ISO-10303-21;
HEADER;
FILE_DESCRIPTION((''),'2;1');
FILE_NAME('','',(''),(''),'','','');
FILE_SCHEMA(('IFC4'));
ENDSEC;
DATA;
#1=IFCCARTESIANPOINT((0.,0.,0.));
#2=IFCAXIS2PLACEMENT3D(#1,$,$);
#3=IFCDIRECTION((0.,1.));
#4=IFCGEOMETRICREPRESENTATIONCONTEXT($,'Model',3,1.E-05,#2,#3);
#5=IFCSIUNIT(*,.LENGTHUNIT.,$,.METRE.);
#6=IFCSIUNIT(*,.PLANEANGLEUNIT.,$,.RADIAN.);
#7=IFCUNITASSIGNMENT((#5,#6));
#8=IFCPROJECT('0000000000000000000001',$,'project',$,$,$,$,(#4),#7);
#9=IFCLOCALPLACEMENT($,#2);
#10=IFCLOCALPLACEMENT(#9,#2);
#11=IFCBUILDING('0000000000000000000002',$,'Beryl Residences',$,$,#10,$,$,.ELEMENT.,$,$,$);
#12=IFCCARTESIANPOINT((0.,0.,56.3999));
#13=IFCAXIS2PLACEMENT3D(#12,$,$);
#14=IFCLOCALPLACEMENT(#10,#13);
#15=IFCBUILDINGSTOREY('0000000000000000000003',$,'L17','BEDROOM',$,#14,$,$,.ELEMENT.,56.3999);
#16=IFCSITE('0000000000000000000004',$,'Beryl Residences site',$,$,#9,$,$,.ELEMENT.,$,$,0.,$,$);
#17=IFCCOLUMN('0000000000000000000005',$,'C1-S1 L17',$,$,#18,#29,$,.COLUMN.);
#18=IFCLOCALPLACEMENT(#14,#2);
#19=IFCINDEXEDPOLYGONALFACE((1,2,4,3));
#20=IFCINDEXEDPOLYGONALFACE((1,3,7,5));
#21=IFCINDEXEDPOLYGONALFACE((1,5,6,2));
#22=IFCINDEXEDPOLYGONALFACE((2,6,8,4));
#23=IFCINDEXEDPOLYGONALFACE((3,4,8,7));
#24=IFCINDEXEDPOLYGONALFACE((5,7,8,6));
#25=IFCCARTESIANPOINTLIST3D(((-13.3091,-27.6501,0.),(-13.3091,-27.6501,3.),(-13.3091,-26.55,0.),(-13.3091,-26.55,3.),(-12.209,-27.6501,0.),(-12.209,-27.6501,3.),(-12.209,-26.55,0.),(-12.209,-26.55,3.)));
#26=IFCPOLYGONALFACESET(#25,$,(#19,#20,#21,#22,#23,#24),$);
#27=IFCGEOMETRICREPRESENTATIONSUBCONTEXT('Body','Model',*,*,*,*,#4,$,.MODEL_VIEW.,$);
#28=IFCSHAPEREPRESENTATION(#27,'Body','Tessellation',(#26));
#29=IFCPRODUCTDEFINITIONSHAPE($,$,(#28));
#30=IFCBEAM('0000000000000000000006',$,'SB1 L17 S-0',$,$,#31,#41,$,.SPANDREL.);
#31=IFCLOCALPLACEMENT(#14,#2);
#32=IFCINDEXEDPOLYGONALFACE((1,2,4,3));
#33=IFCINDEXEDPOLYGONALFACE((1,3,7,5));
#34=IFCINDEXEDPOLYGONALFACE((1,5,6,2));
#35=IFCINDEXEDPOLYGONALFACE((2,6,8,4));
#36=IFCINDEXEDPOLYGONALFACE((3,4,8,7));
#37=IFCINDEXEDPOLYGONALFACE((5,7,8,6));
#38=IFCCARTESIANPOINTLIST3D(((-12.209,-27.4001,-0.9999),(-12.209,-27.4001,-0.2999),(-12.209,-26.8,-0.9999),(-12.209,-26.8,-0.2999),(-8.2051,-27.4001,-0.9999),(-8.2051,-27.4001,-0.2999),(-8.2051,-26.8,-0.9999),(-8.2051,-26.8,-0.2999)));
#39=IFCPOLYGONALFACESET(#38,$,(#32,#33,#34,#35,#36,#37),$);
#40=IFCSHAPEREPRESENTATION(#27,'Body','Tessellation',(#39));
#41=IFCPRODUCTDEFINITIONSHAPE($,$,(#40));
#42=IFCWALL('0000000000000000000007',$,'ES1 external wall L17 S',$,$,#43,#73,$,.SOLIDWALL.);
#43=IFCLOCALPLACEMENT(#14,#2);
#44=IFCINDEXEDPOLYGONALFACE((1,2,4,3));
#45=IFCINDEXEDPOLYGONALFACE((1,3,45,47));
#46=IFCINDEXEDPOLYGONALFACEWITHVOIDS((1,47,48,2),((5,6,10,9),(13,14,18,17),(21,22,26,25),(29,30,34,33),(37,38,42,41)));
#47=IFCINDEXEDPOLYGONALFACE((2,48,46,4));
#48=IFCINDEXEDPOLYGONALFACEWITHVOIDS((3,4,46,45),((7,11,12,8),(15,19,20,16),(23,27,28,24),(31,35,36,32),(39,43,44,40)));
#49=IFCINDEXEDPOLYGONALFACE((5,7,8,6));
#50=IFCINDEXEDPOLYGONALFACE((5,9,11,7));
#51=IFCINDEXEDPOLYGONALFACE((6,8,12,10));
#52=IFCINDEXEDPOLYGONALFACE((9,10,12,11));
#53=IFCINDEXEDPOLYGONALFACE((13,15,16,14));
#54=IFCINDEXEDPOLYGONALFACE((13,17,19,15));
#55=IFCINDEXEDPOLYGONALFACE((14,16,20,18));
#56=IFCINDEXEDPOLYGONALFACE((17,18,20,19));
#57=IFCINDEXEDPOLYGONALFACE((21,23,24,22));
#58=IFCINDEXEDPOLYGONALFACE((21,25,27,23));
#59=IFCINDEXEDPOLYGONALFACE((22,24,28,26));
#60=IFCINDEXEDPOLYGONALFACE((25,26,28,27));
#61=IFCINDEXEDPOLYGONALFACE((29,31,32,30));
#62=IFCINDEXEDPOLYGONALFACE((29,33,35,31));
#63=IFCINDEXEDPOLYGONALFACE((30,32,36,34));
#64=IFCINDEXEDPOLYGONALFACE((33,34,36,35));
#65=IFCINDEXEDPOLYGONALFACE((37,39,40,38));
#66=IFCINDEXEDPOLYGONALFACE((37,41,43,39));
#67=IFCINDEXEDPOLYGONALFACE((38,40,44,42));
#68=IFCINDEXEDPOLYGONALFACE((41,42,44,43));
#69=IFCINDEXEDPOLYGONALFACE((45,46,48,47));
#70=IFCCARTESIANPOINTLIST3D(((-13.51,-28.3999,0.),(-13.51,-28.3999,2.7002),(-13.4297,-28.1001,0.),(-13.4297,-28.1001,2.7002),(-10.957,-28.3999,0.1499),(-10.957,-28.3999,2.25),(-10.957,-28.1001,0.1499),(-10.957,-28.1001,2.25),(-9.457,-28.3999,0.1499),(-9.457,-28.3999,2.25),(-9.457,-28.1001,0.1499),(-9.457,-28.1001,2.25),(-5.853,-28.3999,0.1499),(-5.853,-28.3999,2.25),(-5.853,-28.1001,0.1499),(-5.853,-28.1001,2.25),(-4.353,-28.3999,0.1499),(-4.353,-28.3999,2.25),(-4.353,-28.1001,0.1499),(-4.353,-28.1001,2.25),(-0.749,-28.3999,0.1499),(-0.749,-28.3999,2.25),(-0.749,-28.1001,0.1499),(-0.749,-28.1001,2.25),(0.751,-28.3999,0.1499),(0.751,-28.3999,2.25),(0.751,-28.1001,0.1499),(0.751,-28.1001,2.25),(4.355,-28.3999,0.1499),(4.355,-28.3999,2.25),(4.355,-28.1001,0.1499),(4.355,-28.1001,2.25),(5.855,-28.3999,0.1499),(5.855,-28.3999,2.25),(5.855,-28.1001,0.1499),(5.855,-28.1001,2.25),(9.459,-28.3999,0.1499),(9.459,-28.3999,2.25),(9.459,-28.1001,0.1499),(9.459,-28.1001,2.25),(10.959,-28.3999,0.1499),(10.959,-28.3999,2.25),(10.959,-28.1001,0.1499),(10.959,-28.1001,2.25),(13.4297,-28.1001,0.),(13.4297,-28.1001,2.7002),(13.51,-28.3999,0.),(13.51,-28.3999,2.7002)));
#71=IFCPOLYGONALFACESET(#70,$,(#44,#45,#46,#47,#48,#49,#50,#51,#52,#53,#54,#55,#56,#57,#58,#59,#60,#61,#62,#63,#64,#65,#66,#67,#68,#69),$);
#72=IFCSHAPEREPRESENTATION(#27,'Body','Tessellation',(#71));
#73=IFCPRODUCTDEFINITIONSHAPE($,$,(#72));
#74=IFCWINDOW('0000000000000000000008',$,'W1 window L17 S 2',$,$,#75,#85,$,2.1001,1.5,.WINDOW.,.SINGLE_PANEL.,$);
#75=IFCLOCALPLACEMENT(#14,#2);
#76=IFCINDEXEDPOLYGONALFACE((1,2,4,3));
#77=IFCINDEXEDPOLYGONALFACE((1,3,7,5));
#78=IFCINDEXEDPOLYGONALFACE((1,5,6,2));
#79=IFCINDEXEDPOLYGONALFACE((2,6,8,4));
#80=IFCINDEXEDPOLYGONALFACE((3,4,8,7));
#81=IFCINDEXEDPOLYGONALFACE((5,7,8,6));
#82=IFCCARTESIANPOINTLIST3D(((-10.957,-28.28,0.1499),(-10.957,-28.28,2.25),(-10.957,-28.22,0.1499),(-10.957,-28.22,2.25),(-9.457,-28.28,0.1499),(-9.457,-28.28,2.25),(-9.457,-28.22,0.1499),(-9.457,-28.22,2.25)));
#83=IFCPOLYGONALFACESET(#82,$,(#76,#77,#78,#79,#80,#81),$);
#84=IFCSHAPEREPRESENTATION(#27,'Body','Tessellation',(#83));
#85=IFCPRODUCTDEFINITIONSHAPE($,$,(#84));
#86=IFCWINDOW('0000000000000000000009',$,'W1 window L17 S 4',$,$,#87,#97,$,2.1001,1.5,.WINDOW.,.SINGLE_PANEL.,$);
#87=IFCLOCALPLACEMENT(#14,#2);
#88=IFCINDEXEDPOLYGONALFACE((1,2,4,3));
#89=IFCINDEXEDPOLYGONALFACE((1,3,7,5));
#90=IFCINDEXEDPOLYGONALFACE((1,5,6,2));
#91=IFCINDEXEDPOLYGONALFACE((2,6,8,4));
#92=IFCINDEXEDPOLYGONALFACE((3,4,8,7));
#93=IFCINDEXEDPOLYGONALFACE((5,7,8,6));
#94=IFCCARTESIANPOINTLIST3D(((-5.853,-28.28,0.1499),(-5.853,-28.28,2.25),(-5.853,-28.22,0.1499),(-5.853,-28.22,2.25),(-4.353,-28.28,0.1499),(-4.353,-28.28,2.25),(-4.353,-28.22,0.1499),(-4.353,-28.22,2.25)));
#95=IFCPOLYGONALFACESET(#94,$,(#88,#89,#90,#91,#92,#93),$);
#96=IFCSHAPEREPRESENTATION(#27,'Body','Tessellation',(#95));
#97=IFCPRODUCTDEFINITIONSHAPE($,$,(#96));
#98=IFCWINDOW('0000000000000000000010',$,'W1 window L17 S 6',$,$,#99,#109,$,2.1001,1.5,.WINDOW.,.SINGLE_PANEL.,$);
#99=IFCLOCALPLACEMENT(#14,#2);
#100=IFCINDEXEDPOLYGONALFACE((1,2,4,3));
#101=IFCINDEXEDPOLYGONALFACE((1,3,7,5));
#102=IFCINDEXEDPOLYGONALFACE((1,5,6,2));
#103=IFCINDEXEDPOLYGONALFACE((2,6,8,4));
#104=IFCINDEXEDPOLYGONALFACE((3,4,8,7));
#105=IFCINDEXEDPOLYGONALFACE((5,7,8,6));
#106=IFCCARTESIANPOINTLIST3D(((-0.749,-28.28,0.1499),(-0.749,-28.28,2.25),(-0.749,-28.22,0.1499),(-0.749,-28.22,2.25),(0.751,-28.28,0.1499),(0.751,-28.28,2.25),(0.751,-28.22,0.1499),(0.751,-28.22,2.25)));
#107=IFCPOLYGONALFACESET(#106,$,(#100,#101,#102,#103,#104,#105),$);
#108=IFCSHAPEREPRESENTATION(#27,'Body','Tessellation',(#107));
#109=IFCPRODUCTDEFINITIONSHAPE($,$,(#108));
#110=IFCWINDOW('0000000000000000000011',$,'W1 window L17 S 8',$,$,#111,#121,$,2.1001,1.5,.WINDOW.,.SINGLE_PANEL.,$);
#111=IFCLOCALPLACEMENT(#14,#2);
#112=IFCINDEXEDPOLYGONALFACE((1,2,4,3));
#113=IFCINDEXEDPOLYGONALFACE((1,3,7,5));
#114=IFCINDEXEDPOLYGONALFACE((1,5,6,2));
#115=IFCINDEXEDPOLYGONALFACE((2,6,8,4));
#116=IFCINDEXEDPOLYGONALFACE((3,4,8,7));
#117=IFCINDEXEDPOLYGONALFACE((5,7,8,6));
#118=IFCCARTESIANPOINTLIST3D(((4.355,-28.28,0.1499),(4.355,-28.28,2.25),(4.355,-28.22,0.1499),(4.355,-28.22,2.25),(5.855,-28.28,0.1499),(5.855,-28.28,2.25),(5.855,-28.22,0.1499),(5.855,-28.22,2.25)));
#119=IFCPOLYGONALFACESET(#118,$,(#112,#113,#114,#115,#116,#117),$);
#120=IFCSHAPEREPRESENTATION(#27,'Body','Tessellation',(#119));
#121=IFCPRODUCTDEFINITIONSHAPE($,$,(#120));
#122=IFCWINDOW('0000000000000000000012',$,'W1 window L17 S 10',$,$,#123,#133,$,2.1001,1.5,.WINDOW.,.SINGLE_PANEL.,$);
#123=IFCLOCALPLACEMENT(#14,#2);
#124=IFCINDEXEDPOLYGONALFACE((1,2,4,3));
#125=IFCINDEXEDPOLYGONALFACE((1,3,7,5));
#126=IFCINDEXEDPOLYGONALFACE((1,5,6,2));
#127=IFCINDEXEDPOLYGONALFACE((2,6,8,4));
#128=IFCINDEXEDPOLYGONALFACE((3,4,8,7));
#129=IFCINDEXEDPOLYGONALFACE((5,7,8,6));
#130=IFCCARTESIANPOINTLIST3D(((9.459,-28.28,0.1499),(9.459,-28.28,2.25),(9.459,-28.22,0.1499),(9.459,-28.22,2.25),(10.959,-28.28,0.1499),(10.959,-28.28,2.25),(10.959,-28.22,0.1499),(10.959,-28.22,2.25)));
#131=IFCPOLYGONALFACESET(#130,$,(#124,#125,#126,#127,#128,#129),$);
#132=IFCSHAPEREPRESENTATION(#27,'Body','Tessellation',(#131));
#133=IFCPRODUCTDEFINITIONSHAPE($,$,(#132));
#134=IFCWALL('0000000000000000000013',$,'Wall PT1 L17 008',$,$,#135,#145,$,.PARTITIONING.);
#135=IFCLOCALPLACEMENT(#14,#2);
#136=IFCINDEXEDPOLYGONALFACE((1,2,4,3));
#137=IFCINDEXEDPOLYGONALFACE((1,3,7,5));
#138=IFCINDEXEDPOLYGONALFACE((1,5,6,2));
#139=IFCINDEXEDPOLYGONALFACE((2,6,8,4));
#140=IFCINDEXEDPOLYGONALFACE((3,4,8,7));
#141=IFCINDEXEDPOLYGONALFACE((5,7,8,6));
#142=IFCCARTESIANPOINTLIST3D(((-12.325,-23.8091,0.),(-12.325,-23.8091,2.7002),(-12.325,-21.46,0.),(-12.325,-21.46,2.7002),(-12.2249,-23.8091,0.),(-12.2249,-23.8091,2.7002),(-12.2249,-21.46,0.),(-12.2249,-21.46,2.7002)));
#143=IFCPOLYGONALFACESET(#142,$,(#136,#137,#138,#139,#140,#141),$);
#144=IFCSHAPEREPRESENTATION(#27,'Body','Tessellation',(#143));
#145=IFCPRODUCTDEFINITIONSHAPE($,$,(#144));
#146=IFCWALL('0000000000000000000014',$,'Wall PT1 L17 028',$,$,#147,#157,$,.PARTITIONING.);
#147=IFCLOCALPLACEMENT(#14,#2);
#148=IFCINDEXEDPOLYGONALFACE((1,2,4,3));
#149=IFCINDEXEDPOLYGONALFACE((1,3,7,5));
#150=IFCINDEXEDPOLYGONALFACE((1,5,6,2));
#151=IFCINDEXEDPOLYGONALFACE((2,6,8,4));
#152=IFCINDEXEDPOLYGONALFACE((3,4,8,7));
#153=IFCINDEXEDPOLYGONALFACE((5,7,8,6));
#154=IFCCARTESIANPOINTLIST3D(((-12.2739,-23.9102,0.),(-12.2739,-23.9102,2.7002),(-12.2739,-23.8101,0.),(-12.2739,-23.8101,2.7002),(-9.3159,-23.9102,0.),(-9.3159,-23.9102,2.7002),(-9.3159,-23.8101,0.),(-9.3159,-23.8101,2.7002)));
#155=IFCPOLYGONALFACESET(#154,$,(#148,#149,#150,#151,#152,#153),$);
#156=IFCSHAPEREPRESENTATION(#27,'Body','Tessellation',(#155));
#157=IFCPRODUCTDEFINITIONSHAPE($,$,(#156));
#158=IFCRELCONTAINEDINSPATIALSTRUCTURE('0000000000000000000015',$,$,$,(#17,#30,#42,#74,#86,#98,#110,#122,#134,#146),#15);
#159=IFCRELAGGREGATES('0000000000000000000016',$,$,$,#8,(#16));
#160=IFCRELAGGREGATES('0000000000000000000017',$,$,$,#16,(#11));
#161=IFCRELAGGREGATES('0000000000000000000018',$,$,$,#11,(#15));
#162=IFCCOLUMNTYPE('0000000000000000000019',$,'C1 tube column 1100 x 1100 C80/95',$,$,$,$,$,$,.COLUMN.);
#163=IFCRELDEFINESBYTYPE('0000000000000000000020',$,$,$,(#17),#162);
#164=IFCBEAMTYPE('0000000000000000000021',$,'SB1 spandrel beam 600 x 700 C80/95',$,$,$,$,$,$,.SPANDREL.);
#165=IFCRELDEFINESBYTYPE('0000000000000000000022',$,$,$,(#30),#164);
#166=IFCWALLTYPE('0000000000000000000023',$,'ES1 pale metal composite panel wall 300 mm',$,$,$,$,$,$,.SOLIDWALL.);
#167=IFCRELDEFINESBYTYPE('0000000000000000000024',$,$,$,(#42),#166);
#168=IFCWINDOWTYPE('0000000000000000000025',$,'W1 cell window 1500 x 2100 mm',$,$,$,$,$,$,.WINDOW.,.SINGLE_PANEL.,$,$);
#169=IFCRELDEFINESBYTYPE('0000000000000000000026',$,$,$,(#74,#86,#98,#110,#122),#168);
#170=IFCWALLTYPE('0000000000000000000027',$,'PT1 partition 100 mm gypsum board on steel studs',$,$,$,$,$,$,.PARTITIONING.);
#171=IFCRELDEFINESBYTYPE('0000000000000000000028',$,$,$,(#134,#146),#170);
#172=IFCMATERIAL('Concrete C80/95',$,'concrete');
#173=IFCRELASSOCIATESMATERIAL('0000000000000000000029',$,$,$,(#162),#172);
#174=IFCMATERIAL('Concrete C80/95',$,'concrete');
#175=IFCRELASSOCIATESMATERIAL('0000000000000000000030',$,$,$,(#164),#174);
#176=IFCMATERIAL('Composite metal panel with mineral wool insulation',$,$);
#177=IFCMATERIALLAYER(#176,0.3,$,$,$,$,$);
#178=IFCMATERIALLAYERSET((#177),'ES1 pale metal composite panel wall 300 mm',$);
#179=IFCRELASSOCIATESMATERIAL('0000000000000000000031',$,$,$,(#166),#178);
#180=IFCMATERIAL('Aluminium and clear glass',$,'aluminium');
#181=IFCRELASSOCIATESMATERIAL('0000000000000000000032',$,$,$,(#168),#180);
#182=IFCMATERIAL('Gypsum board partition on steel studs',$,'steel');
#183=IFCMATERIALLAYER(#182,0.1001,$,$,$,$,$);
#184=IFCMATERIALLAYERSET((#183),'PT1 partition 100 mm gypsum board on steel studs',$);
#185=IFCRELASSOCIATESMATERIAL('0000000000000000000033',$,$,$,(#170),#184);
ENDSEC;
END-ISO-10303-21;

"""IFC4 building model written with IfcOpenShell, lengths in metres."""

from ifc_helpers import new_model, si_unit, direction, frame, frame_2d, origin, origin_2d, place, context, subcontext, project, spatial, polyline, rectangle, outline, extrude, material, layer, layer_set, material_profile, profile_set, type_object, element, fill, save


model = new_model("IFC4")

# Units and contexts
model_context = context("Model", 3, precision=1e-05, world=origin(), true_north=direction((0.0, 1.0)))
body_context = subcontext(model_context, "Body", "Model", "MODEL_VIEW")
ifc_project = project(units=[si_unit("LENGTHUNIT", "METRE"), si_unit("PLANEANGLEUNIT", "RADIAN")], contexts=[model_context])

# Site, building, storey
site_placement = place(None, origin())
site = spatial("IfcSite", under=ifc_project, at=site_placement, Name="Beryl Residences site", CompositionType="ELEMENT", RefElevation=0.0)
building_placement = place(site_placement, origin())
building = spatial("IfcBuilding", under=site, at=building_placement, Name="Beryl Residences", CompositionType="ELEMENT")
storey_placement = place(building_placement, frame((0.0, 0.0, 56.3999)))
storey = spatial("IfcBuildingStorey", under=building, at=storey_placement, Name="L17", Description="BEDROOM", CompositionType="ELEMENT", Elevation=56.3999)

# Column
ifc_material_1 = material(Name="Concrete C80/95", Category="concrete")
ifc_material_profile_1 = material_profile(ifc_material_1, rectangle(XDim=1.1001, YDim=1.1001, at=origin_2d()))
ifc_profile_set_1 = profile_set([ifc_material_profile_1], Name="Concrete C80/95")
column_type = type_object("IfcColumnType", Name="C1 tube column 1100 x 1100 C80/95", PredefinedType="COLUMN", material=ifc_profile_set_1)
column_placement = place(storey_placement, frame((-12.759, -27.1001, 0.0), z_axis=(0.0, 0.0, 1.0), x_axis=(1.0, 0.0, 0.0)))
element("IfcColumn", 1, at=column_placement, inside=storey, type_object=column_type, Name="C1-S1 L17", PredefinedType="COLUMN", context=body_context, shape_type="SweptSolid", body=[
    extrude(rectangle(XDim=1.1001, YDim=1.1001, at=origin_2d()), origin(), (0.0, 0.0, 1.0), 3.0),
])

# Beam
ifc_material_2 = material(Name="Concrete C80/95", Category="concrete")
ifc_material_profile_2 = material_profile(ifc_material_2, rectangle(XDim=0.6001, YDim=0.7, at=origin_2d()))
ifc_profile_set_2 = profile_set([ifc_material_profile_2], Name="Concrete C80/95")
beam_type = type_object("IfcBeamType", Name="SB1 spandrel beam 600 x 700 C80/95", PredefinedType="SPANDREL", material=ifc_profile_set_2)
beam_placement = place(storey_placement, frame((-12.209, -27.1001, -0.6499), z_axis=(1.0, 0.0, 0.0), x_axis=(0.0, 1.0, 0.0)))
element("IfcBeam", 2, at=beam_placement, inside=storey, type_object=beam_type, Name="SB1 L17 S-0", PredefinedType="SPANDREL", context=body_context, shape_type="SweptSolid", body=[
    extrude(rectangle(XDim=0.6001, YDim=0.7, at=origin_2d()), origin(), (0.0, 0.0, 1.0), 4.0039),
])

# Wall, openings, windows
ifc_material_3 = material(Name="Composite metal panel with mineral wool insulation")
ifc_layer_1 = layer(ifc_material_3, 0.3)
ifc_layer_set_1 = layer_set([ifc_layer_1], Name="ES1 pale metal composite panel wall 300 mm")
wall_type_1 = type_object("IfcWallType", Name="ES1 pale metal composite panel wall 300 mm", PredefinedType="SOLIDWALL", material=ifc_layer_set_1)
wall_1_placement = place(storey_placement, frame((-13.51, -28.25, 0.0), z_axis=(0.0, 0.0, 1.0), x_axis=(1.0, 0.0, 0.0)))
wall_1 = element("IfcWall", 3, at=wall_1_placement, inside=storey, type_object=wall_type_1, Name="ES1 external wall L17 S", PredefinedType="SOLIDWALL", context=body_context, shape_type="SweptSolid", body=[
    extrude(outline(polyline([(0.0, -0.1499), (27.02, -0.1499), (26.9397, 0.1499), (0.0803, 0.1499), (0.0, -0.1499)])), origin(), (0.0, 0.0, 1.0), 2.7002),
])
opening_1_placement = place(wall_1_placement, frame((2.553, 0.0, 0.1499)))
opening_1 = element("IfcOpeningElement", 4, at=opening_1_placement, cuts=wall_1, PredefinedType="OPENING", context=body_context, shape_type="SweptSolid", body=[
    extrude(rectangle(XDim=1.5, YDim=2.1001, at=frame_2d((0.75, 1.05))), frame((0.0, 0.1599, 0.0), z_axis=(0.0, -1.0, 0.0), x_axis=(1.0, 0.0, 0.0)), (0.0, 0.0, 1.0), 0.3201),
])
opening_2_placement = place(wall_1_placement, frame((7.657, 0.0, 0.1499)))
opening_2 = element("IfcOpeningElement", 5, at=opening_2_placement, cuts=wall_1, PredefinedType="OPENING", context=body_context, shape_type="SweptSolid", body=[
    extrude(rectangle(XDim=1.5, YDim=2.1001, at=frame_2d((0.75, 1.05))), frame((0.0, 0.1599, 0.0), z_axis=(0.0, -1.0, 0.0), x_axis=(1.0, 0.0, 0.0)), (0.0, 0.0, 1.0), 0.3201),
])
opening_3_placement = place(wall_1_placement, frame((12.761, 0.0, 0.1499)))
opening_3 = element("IfcOpeningElement", 6, at=opening_3_placement, cuts=wall_1, PredefinedType="OPENING", context=body_context, shape_type="SweptSolid", body=[
    extrude(rectangle(XDim=1.5, YDim=2.1001, at=frame_2d((0.75, 1.05))), frame((0.0, 0.1599, 0.0), z_axis=(0.0, -1.0, 0.0), x_axis=(1.0, 0.0, 0.0)), (0.0, 0.0, 1.0), 0.3201),
])
opening_4_placement = place(wall_1_placement, frame((17.865, 0.0, 0.1499)))
opening_4 = element("IfcOpeningElement", 7, at=opening_4_placement, cuts=wall_1, PredefinedType="OPENING", context=body_context, shape_type="SweptSolid", body=[
    extrude(rectangle(XDim=1.5, YDim=2.1001, at=frame_2d((0.75, 1.05))), frame((0.0, 0.1599, 0.0), z_axis=(0.0, -1.0, 0.0), x_axis=(1.0, 0.0, 0.0)), (0.0, 0.0, 1.0), 0.3201),
])
opening_5_placement = place(wall_1_placement, frame((22.969, 0.0, 0.1499)))
opening_5 = element("IfcOpeningElement", 8, at=opening_5_placement, cuts=wall_1, PredefinedType="OPENING", context=body_context, shape_type="SweptSolid", body=[
    extrude(rectangle(XDim=1.5, YDim=2.1001, at=frame_2d((0.75, 1.05))), frame((0.0, 0.1599, 0.0), z_axis=(0.0, -1.0, 0.0), x_axis=(1.0, 0.0, 0.0)), (0.0, 0.0, 1.0), 0.3201),
])
ifc_material_4 = material(Name="Aluminium and clear glass", Category="aluminium")
window_type = type_object("IfcWindowType", Name="W1 cell window 1500 x 2100 mm", PartitioningType="SINGLE_PANEL", PredefinedType="WINDOW", material=ifc_material_4)
window_1_placement = place(opening_1_placement, origin())
window_1 = element("IfcWindow", 9, at=window_1_placement, inside=storey, type_object=window_type, Name="W1 window L17 S 2", OverallHeight=2.1001, OverallWidth=1.5, PartitioningType="SINGLE_PANEL", PredefinedType="WINDOW", context=body_context, shape_type="SweptSolid", body=[
    extrude(rectangle(XDim=1.5, YDim=2.1001, at=frame_2d((0.75, 1.05))), frame((0.0, 0.03, 0.0), z_axis=(0.0, -1.0, 0.0), x_axis=(1.0, 0.0, 0.0)), (0.0, 0.0, 1.0), 0.0601),
])
fill(opening_1, window_1)
window_2_placement = place(opening_2_placement, origin())
window_2 = element("IfcWindow", 10, at=window_2_placement, inside=storey, type_object=window_type, Name="W1 window L17 S 4", OverallHeight=2.1001, OverallWidth=1.5, PartitioningType="SINGLE_PANEL", PredefinedType="WINDOW", context=body_context, shape_type="SweptSolid", body=[
    extrude(rectangle(XDim=1.5, YDim=2.1001, at=frame_2d((0.75, 1.05))), frame((0.0, 0.03, 0.0), z_axis=(0.0, -1.0, 0.0), x_axis=(1.0, 0.0, 0.0)), (0.0, 0.0, 1.0), 0.0601),
])
fill(opening_2, window_2)
window_3_placement = place(opening_3_placement, origin())
window_3 = element("IfcWindow", 11, at=window_3_placement, inside=storey, type_object=window_type, Name="W1 window L17 S 6", OverallHeight=2.1001, OverallWidth=1.5, PartitioningType="SINGLE_PANEL", PredefinedType="WINDOW", context=body_context, shape_type="SweptSolid", body=[
    extrude(rectangle(XDim=1.5, YDim=2.1001, at=frame_2d((0.75, 1.05))), frame((0.0, 0.03, 0.0), z_axis=(0.0, -1.0, 0.0), x_axis=(1.0, 0.0, 0.0)), (0.0, 0.0, 1.0), 0.0601),
])
fill(opening_3, window_3)
window_4_placement = place(opening_4_placement, origin())
window_4 = element("IfcWindow", 12, at=window_4_placement, inside=storey, type_object=window_type, Name="W1 window L17 S 8", OverallHeight=2.1001, OverallWidth=1.5, PartitioningType="SINGLE_PANEL", PredefinedType="WINDOW", context=body_context, shape_type="SweptSolid", body=[
    extrude(rectangle(XDim=1.5, YDim=2.1001, at=frame_2d((0.75, 1.05))), frame((0.0, 0.03, 0.0), z_axis=(0.0, -1.0, 0.0), x_axis=(1.0, 0.0, 0.0)), (0.0, 0.0, 1.0), 0.0601),
])
fill(opening_4, window_4)
window_5_placement = place(opening_5_placement, origin())
window_5 = element("IfcWindow", 13, at=window_5_placement, inside=storey, type_object=window_type, Name="W1 window L17 S 10", OverallHeight=2.1001, OverallWidth=1.5, PartitioningType="SINGLE_PANEL", PredefinedType="WINDOW", context=body_context, shape_type="SweptSolid", body=[
    extrude(rectangle(XDim=1.5, YDim=2.1001, at=frame_2d((0.75, 1.05))), frame((0.0, 0.03, 0.0), z_axis=(0.0, -1.0, 0.0), x_axis=(1.0, 0.0, 0.0)), (0.0, 0.0, 1.0), 0.0601),
])
fill(opening_5, window_5)

# Walls
ifc_material_5 = material(Name="Gypsum board partition on steel studs", Category="steel")
ifc_layer_2 = layer(ifc_material_5, 0.1001)
ifc_layer_set_2 = layer_set([ifc_layer_2], Name="PT1 partition 100 mm gypsum board on steel studs")
wall_type_2 = type_object("IfcWallType", Name="PT1 partition 100 mm gypsum board on steel studs", PredefinedType="PARTITIONING", material=ifc_layer_set_2)
wall_2_placement = place(storey_placement, frame((-12.2749, -21.46, 0.0), z_axis=(0.0, 0.0, 1.0), x_axis=(0.0, -1.0, 0.0)))
element("IfcWall", 14, at=wall_2_placement, inside=storey, type_object=wall_type_2, Name="Wall PT1 L17 008", PredefinedType="PARTITIONING", context=body_context, shape_type="SweptSolid", body=[
    extrude(rectangle(XDim=2.3491, YDim=0.1001, at=frame_2d((1.1746, 0.0))), origin(), (0.0, 0.0, 1.0), 2.7002),
])
wall_3_placement = place(storey_placement, frame((-12.2739, -23.8601, 0.0), z_axis=(0.0, 0.0, 1.0), x_axis=(1.0, 0.0, 0.0)))
element("IfcWall", 15, at=wall_3_placement, inside=storey, type_object=wall_type_2, Name="Wall PT1 L17 028", PredefinedType="PARTITIONING", context=body_context, shape_type="SweptSolid", body=[
    extrude(rectangle(XDim=2.958, YDim=0.1001, at=frame_2d((1.479, 0.0))), origin(), (0.0, 0.0, 1.0), 2.7002),
])

save(model, "model.ifc")
